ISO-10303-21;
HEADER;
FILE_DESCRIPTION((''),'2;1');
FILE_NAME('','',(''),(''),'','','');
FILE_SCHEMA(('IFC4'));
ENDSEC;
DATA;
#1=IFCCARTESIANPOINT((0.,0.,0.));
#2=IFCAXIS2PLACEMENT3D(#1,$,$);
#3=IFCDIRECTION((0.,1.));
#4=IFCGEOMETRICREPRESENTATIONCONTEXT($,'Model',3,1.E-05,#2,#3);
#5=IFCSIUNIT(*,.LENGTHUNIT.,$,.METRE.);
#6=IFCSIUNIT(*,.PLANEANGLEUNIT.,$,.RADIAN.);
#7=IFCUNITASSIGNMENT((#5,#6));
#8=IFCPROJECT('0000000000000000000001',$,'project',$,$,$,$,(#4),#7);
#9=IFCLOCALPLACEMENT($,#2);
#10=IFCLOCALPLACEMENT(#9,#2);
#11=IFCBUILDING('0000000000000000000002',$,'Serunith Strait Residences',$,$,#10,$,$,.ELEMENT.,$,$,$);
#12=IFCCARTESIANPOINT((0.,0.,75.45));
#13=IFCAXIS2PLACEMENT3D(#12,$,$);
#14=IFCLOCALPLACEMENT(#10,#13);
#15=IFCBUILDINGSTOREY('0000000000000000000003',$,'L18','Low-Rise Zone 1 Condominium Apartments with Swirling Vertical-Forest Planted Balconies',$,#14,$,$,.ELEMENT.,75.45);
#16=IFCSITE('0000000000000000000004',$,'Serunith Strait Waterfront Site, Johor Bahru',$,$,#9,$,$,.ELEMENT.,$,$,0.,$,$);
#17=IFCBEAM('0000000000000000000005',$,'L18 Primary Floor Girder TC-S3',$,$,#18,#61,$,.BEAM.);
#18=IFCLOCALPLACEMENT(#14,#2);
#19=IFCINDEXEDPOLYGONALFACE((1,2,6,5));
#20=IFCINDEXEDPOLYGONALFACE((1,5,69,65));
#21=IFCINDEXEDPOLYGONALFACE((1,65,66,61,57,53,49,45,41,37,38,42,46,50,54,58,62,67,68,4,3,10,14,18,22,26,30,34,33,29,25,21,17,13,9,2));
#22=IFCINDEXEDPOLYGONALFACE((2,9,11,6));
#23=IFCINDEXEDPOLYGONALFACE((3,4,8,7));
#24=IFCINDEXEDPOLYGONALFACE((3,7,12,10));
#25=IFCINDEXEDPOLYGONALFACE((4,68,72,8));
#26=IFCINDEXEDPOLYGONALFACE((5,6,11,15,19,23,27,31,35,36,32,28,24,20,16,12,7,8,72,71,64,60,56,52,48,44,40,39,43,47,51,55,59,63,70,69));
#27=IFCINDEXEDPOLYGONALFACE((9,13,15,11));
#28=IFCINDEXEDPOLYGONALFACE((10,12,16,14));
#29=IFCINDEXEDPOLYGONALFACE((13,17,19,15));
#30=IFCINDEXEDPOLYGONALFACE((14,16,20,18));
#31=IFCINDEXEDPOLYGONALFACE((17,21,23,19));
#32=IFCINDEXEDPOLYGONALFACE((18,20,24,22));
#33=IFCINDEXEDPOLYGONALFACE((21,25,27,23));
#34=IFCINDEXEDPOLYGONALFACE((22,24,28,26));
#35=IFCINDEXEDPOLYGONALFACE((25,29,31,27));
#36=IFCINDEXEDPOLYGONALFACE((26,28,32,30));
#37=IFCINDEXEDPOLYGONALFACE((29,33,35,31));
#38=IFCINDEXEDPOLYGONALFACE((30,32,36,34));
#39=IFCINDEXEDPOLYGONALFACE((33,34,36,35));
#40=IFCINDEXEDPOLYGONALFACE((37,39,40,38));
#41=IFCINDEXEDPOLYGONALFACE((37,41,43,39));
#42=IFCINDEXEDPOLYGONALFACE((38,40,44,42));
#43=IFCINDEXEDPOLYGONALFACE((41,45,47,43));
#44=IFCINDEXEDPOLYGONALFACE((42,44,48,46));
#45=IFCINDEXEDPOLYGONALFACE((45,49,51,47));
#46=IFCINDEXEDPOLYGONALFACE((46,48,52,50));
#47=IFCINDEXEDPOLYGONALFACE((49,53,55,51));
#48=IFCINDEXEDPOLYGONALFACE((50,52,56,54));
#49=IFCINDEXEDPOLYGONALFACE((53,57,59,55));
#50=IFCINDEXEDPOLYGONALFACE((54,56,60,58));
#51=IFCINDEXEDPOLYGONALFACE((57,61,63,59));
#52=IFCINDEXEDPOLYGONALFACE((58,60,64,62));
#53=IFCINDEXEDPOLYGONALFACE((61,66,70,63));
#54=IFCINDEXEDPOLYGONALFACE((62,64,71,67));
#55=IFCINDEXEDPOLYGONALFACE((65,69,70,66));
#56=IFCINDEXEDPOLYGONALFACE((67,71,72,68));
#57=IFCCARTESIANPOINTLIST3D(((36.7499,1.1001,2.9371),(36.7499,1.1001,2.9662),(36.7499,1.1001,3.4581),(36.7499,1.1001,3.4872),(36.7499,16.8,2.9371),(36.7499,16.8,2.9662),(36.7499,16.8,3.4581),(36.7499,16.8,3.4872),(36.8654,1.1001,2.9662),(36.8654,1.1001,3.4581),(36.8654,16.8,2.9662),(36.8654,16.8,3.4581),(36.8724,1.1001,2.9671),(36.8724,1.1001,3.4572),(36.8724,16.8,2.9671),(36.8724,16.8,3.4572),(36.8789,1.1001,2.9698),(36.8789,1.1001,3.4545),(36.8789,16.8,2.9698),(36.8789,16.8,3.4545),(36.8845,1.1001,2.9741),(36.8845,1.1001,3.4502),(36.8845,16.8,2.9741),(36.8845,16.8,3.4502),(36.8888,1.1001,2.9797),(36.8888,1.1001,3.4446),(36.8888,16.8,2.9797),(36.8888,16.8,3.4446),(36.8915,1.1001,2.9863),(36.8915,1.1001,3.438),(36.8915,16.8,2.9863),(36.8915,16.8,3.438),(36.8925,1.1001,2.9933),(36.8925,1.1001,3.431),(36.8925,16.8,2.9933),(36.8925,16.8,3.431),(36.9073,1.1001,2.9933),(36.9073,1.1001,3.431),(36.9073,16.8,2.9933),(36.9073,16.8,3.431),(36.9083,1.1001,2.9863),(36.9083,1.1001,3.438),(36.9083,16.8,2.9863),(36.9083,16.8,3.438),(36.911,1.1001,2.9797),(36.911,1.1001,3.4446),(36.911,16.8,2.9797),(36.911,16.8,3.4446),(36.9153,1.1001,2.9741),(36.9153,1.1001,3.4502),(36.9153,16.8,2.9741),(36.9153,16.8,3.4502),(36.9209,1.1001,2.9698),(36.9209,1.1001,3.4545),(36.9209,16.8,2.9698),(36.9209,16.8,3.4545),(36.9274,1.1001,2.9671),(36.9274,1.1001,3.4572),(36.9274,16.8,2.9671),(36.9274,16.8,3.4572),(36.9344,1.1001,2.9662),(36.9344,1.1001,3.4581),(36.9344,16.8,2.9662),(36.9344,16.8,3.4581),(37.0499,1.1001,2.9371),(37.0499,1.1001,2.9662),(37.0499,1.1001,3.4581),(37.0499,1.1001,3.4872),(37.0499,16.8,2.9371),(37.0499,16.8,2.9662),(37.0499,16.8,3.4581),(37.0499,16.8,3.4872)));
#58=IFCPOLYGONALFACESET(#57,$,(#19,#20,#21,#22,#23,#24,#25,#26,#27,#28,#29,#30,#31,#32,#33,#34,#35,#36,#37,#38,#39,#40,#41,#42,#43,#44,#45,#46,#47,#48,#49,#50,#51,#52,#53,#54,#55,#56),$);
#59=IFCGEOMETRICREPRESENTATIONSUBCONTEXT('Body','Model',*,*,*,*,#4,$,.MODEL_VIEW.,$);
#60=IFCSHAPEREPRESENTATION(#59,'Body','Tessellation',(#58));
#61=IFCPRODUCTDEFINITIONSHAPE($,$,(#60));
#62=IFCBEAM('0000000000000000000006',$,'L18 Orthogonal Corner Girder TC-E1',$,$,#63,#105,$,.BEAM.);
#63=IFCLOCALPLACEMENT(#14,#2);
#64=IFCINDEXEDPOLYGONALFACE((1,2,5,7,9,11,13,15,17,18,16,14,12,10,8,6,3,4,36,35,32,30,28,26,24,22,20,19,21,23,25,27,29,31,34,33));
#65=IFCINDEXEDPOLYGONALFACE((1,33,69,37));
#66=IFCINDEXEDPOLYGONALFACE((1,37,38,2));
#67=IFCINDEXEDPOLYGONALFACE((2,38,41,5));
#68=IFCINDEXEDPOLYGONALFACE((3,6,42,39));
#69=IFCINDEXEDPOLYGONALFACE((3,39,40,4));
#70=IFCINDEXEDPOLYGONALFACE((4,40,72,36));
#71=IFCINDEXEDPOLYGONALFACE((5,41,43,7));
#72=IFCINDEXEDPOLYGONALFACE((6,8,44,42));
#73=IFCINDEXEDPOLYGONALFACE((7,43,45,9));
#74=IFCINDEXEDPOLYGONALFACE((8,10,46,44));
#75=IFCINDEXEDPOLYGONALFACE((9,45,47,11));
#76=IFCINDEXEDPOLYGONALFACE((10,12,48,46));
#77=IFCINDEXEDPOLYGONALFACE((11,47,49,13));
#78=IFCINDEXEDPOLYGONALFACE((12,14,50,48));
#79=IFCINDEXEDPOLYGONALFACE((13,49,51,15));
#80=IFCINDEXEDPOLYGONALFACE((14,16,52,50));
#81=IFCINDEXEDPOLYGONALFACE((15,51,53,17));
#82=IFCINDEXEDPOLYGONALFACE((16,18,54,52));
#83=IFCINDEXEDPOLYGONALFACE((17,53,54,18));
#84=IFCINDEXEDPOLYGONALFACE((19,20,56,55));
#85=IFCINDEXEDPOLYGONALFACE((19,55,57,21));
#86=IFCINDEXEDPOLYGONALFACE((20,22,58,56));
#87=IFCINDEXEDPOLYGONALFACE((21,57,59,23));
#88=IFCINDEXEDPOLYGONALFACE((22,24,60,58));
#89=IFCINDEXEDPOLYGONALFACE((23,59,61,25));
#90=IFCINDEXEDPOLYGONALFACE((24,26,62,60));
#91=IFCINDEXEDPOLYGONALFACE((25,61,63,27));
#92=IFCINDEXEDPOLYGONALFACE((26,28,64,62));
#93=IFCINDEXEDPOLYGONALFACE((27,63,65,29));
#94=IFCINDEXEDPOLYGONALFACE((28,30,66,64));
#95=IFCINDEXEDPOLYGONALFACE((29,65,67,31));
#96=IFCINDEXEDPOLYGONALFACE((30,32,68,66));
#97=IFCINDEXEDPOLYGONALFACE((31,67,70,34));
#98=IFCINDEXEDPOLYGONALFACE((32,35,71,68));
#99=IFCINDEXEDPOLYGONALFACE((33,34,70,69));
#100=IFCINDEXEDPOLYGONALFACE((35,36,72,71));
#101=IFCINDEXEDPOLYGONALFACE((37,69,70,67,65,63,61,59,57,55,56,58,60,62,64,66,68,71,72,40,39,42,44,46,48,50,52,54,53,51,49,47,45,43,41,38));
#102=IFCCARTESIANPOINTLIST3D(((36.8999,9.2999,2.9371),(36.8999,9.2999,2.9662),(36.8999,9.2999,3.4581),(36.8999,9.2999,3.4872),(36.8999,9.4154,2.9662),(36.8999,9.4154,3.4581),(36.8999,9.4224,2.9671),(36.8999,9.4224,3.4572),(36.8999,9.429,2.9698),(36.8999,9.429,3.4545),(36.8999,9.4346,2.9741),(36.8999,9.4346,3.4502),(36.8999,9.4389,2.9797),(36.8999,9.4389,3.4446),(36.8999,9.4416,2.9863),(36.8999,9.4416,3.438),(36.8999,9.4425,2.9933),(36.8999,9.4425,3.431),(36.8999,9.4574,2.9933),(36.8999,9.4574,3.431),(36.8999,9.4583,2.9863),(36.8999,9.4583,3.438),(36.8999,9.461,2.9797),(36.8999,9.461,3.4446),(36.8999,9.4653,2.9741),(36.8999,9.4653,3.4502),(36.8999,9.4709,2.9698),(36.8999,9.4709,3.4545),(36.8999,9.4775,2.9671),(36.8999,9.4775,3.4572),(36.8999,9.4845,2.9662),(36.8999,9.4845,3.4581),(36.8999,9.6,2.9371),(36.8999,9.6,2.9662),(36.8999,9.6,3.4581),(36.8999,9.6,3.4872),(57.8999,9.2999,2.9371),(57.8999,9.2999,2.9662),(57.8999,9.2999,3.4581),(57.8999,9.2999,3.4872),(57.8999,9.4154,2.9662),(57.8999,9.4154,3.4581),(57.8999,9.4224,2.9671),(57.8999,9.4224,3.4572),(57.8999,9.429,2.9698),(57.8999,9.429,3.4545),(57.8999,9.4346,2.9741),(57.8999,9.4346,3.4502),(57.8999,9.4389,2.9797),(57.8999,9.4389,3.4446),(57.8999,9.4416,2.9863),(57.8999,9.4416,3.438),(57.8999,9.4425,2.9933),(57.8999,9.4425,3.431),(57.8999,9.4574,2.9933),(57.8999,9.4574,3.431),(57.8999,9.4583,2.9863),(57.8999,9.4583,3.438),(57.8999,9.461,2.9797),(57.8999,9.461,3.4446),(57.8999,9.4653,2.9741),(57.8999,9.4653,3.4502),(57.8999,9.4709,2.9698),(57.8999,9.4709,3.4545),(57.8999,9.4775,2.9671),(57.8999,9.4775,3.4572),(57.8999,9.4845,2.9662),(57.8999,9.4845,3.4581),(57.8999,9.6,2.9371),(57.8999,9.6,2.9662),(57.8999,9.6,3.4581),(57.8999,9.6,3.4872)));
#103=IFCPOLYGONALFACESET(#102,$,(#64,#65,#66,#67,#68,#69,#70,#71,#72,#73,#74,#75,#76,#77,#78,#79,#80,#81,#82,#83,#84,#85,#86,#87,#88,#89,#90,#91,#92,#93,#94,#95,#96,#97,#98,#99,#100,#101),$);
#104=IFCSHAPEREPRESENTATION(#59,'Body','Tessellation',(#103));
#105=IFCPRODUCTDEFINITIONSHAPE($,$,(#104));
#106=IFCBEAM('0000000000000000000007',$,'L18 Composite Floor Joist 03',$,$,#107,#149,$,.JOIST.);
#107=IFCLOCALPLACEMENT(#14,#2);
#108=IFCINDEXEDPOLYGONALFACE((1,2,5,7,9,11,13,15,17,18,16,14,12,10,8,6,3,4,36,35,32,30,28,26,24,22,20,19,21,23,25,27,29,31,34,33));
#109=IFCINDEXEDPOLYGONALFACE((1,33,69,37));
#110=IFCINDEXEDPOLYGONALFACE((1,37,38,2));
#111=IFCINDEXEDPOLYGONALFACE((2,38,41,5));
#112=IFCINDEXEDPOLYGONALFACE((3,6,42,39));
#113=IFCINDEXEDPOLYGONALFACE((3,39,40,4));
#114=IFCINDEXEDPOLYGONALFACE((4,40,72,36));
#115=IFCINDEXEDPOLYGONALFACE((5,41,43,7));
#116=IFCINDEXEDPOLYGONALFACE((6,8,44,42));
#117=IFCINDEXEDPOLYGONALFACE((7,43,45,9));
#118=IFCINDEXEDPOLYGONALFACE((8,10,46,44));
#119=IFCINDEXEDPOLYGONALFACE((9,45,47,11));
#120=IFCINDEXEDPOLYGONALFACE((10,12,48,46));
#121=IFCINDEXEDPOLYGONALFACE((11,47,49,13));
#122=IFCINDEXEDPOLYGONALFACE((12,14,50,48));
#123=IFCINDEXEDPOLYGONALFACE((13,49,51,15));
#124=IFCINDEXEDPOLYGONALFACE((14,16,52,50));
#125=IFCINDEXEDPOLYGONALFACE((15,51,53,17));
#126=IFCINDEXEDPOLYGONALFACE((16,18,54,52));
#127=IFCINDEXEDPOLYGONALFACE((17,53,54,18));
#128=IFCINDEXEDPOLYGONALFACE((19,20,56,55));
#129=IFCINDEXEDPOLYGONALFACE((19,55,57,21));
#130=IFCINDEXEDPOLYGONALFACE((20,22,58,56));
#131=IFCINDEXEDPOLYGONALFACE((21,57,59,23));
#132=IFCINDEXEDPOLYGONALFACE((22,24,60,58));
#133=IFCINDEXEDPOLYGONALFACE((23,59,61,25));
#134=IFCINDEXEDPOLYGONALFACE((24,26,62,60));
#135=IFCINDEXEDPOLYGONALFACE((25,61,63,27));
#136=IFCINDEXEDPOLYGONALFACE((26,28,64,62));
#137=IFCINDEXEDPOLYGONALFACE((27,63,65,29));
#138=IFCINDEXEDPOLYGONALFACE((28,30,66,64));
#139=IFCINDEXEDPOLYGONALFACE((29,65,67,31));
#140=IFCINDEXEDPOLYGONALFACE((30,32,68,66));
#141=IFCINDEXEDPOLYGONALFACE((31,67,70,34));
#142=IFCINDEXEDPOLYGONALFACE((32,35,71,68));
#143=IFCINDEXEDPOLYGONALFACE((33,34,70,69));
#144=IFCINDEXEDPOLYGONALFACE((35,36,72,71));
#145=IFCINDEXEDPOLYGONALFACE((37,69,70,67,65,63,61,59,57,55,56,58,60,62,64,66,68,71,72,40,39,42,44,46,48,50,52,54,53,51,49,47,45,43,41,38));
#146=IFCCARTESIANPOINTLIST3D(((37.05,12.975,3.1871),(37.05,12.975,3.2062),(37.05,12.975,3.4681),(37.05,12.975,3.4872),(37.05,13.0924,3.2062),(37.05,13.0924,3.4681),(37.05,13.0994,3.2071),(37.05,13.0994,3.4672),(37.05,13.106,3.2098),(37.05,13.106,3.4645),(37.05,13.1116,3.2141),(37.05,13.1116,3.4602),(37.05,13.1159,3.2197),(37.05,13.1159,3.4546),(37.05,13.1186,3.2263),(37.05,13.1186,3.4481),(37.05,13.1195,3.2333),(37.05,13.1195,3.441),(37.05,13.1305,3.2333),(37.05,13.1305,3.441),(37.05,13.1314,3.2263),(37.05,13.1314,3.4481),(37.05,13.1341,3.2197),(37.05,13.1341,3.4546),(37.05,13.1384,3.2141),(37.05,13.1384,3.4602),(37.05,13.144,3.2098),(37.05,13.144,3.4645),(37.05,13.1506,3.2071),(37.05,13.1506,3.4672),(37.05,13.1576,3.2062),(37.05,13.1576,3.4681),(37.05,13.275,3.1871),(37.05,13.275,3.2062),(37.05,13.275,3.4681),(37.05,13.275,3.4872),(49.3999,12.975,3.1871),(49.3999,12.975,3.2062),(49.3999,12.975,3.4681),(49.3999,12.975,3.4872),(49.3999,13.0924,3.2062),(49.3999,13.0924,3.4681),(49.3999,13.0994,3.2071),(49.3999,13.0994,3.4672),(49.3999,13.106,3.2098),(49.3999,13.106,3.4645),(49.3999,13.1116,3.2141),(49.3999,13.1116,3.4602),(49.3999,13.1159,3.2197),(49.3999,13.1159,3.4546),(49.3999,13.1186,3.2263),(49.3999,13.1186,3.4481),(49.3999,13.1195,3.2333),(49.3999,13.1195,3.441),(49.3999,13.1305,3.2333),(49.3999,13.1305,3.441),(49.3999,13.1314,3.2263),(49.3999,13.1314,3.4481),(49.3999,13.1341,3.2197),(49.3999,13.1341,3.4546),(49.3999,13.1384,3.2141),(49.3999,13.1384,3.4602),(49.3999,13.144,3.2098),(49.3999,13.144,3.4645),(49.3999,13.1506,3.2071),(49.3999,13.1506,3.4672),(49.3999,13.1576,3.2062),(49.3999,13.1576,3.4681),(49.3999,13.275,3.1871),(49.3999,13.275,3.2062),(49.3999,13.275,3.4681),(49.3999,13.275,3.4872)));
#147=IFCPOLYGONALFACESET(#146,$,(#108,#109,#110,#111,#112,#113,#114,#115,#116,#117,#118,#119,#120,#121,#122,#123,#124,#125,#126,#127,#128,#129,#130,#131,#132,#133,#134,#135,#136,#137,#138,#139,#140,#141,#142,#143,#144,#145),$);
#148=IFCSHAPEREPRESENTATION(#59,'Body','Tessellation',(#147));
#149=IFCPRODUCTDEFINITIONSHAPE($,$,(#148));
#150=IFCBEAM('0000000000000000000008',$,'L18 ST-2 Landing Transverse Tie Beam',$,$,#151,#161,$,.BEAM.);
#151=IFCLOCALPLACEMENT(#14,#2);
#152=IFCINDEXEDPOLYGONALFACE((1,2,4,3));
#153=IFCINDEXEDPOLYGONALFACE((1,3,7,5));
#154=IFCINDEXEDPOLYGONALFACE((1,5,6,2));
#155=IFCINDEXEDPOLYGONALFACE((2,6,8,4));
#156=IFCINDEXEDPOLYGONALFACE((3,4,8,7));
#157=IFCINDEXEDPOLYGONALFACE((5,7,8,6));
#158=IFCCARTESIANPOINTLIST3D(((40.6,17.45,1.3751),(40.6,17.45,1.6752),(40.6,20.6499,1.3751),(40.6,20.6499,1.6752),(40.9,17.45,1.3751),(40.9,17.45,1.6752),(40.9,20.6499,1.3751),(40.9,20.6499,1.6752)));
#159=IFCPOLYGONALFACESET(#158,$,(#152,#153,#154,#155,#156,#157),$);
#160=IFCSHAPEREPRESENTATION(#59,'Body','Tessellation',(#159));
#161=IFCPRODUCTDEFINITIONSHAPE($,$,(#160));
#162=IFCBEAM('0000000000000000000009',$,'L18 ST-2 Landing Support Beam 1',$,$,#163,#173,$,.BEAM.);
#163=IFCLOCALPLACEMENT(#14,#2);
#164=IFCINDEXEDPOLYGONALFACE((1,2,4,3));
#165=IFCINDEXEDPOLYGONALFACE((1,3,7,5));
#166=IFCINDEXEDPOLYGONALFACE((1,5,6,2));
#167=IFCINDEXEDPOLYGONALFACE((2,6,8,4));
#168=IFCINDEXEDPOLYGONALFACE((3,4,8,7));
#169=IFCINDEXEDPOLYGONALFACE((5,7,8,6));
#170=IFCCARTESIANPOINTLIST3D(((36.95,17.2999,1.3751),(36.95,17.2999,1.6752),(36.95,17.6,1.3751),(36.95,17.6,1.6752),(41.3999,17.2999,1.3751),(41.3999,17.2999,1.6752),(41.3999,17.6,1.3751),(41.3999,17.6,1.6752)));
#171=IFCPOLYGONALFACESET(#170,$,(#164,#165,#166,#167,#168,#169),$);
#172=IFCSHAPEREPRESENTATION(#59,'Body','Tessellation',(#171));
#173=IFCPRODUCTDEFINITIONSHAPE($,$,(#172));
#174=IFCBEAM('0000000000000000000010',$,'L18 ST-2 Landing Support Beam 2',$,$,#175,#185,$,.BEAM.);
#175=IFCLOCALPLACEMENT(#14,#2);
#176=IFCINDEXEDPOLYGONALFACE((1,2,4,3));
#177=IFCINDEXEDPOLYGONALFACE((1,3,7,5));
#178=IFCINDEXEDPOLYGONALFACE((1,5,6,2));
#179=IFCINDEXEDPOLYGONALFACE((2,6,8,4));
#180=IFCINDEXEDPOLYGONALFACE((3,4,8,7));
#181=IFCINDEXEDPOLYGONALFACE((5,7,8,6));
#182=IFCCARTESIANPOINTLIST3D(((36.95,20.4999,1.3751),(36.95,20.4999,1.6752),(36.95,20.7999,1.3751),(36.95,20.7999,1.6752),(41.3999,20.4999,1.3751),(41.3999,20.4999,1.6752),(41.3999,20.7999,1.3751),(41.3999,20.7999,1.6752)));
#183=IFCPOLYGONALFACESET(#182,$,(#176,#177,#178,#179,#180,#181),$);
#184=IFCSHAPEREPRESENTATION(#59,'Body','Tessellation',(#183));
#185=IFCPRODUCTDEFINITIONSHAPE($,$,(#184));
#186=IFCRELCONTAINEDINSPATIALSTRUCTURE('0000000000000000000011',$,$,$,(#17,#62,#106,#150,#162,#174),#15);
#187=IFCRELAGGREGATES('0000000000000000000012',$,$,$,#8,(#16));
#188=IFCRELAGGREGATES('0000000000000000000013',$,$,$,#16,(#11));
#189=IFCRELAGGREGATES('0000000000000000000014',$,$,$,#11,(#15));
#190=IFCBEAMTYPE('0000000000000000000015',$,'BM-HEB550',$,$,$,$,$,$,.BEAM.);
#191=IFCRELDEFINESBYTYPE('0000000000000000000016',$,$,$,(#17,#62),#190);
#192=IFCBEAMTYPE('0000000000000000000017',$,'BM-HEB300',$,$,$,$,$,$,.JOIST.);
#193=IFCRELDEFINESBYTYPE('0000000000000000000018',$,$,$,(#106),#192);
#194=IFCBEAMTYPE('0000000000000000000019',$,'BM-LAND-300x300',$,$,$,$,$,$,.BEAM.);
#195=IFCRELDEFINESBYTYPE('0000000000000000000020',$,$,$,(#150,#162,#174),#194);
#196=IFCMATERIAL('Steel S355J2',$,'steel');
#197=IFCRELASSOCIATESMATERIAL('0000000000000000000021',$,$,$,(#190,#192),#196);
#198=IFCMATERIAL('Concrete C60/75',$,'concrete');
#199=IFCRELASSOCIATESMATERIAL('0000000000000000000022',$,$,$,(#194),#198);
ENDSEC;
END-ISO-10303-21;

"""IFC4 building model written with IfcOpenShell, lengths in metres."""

from ifc_helpers import new_model, si_unit, direction, frame, origin, origin_2d, place, context, subcontext, project, spatial, rectangle, i_section, extrude, source, transform, mapped, material, material_profile, profile_set, type_object, element, save


model = new_model("IFC4")

# Units and contexts
model_context = context("Model", 3, precision=1e-05, world=origin(), true_north=direction((0.0, 1.0)))
body_context = subcontext(model_context, "Body", "Model", "MODEL_VIEW")
ifc_project = project(units=[si_unit("LENGTHUNIT", "METRE"), si_unit("PLANEANGLEUNIT", "RADIAN")], contexts=[model_context])

# Site, building, storey
site_placement = place(None, origin())
site = spatial("IfcSite", under=ifc_project, at=site_placement, Name="Serunith Strait Waterfront Site, Johor Bahru", CompositionType="ELEMENT", RefElevation=0.0)
building_placement = place(site_placement, origin())
building = spatial("IfcBuilding", under=site, at=building_placement, Name="Serunith Strait Residences", CompositionType="ELEMENT")
storey_placement = place(building_placement, frame((0.0, 0.0, 75.45)))
storey = spatial("IfcBuildingStorey", under=building, at=storey_placement, Name="L18", Description="Low-Rise Zone 1 Condominium Apartments with Swirling Vertical-Forest Planted Balconies", CompositionType="ELEMENT", Elevation=75.45)

# Beams
ifc_material_1 = material(Name="Steel S355J2", Category="steel")
ifc_material_profile_1 = material_profile(ifc_material_1, i_section(OverallWidth=0.3, OverallDepth=0.55, WebThickness=0.0149, FlangeThickness=0.0291, FilletRadius=0.0271, at=origin_2d()), Name="HEB 550")
ifc_profile_set_1 = profile_set([ifc_material_profile_1], Name="Steel S355J2")
beam_type_1 = type_object("IfcBeamType", Name="BM-HEB550", PredefinedType="BEAM", material=ifc_profile_set_1)
shared_shape_1 = source(origin(), body_context, "Body", "SweptSolid", [
    extrude(i_section(OverallWidth=0.3, OverallDepth=0.55, WebThickness=0.0149, FlangeThickness=0.0291, FilletRadius=0.0271, at=origin_2d()), origin(), (0.0, 0.0, 1.0), 15.7),
])
beam_1_placement = place(storey_placement, frame((36.8999, 16.8, 3.2122), z_axis=(0.0, -1.0, 0.0), x_axis=(1.0, 0.0, 0.0)))
element("IfcBeam", 1, at=beam_1_placement, inside=storey, type_object=beam_type_1, Name="L18 Primary Floor Girder TC-S3", PredefinedType="BEAM", context=body_context, shape_type="MappedRepresentation", body=[
    mapped(shared_shape_1, transform((0.0, 0.0, 0.0), scale=1.0)),
])
shared_shape_2 = source(origin(), body_context, "Body", "SweptSolid", [
    extrude(i_section(OverallWidth=0.3, OverallDepth=0.55, WebThickness=0.0149, FlangeThickness=0.0291, FilletRadius=0.0271, at=origin_2d()), origin(), (0.0, 0.0, 1.0), 21.0),
])
beam_2_placement = place(storey_placement, frame((36.8999, 9.45, 3.2122), z_axis=(1.0, 0.0, 0.0), x_axis=(0.0, 1.0, 0.0)))
element("IfcBeam", 2, at=beam_2_placement, inside=storey, type_object=beam_type_1, Name="L18 Orthogonal Corner Girder TC-E1", PredefinedType="BEAM", context=body_context, shape_type="MappedRepresentation", body=[
    mapped(shared_shape_2, transform((0.0, 0.0, 0.0), scale=1.0)),
])
ifc_material_profile_2 = material_profile(ifc_material_1, i_section(OverallWidth=0.3, OverallDepth=0.3, WebThickness=0.011, FlangeThickness=0.019, FilletRadius=0.0271, at=origin_2d()), Name="HEB 300")
ifc_profile_set_2 = profile_set([ifc_material_profile_2], Name="Steel S355J2")
beam_type_2 = type_object("IfcBeamType", Name="BM-HEB300", PredefinedType="JOIST", material=ifc_profile_set_2)
shared_shape_3 = source(origin(), body_context, "Body", "SweptSolid", [
    extrude(i_section(OverallWidth=0.3, OverallDepth=0.3, WebThickness=0.011, FlangeThickness=0.019, FilletRadius=0.0271, at=origin_2d()), origin(), (0.0, 0.0, 1.0), 12.3499),
])
beam_3_placement = place(storey_placement, frame((37.05, 13.125, 3.3372), z_axis=(1.0, 0.0, 0.0), x_axis=(0.0, 1.0, 0.0)))
element("IfcBeam", 3, at=beam_3_placement, inside=storey, type_object=beam_type_2, Name="L18 Composite Floor Joist 03", PredefinedType="JOIST", context=body_context, shape_type="MappedRepresentation", body=[
    mapped(shared_shape_3, transform((0.0, 0.0, 0.0), scale=1.0)),
])
ifc_material_2 = material(Name="Concrete C60/75", Category="concrete")
ifc_material_profile_3 = material_profile(ifc_material_2, rectangle(XDim=0.3, YDim=0.3, at=origin_2d()), Name="RC 300x300")
ifc_profile_set_3 = profile_set([ifc_material_profile_3], Name="Concrete C60/75")
beam_type_3 = type_object("IfcBeamType", Name="BM-LAND-300x300", PredefinedType="BEAM", material=ifc_profile_set_3)
shared_shape_4 = source(origin(), body_context, "Body", "SweptSolid", [
    extrude(rectangle(XDim=0.3, YDim=0.3, at=origin_2d()), origin(), (0.0, 0.0, 1.0), 3.2),
])
beam_4_placement = place(storey_placement, frame((40.75, 17.45, 1.5251), z_axis=(0.0, 1.0, 0.0), x_axis=(-1.0, 0.0, 0.0)))
element("IfcBeam", 4, at=beam_4_placement, inside=storey, type_object=beam_type_3, Name="L18 ST-2 Landing Transverse Tie Beam", PredefinedType="BEAM", context=body_context, shape_type="MappedRepresentation", body=[
    mapped(shared_shape_4, transform((0.0, 0.0, 0.0), scale=1.0)),
])
shared_shape_5 = source(origin(), body_context, "Body", "SweptSolid", [
    extrude(rectangle(XDim=0.3, YDim=0.3, at=origin_2d()), origin(), (0.0, 0.0, 1.0), 4.45),
])
for number, where, z_axis, x_axis, name in (
    (5, (36.95, 17.45, 1.5251), (1.0, 0.0, 0.0), (0.0, 1.0, 0.0), "L18 ST-2 Landing Support Beam 1"),
    (6, (36.95, 20.6499, 1.5251), (1.0, 0.0, 0.0), (0.0, 1.0, 0.0), "L18 ST-2 Landing Support Beam 2"),
):
    element("IfcBeam", number, at=place(storey_placement, frame(where, z_axis=z_axis, x_axis=x_axis)), inside=storey, type_object=beam_type_3, Name=name, PredefinedType="BEAM", context=body_context, shape_type="MappedRepresentation", body=[
        mapped(shared_shape_5, transform((0.0, 0.0, 0.0), scale=1.0)),
    ])

save(model, "model.ifc")
